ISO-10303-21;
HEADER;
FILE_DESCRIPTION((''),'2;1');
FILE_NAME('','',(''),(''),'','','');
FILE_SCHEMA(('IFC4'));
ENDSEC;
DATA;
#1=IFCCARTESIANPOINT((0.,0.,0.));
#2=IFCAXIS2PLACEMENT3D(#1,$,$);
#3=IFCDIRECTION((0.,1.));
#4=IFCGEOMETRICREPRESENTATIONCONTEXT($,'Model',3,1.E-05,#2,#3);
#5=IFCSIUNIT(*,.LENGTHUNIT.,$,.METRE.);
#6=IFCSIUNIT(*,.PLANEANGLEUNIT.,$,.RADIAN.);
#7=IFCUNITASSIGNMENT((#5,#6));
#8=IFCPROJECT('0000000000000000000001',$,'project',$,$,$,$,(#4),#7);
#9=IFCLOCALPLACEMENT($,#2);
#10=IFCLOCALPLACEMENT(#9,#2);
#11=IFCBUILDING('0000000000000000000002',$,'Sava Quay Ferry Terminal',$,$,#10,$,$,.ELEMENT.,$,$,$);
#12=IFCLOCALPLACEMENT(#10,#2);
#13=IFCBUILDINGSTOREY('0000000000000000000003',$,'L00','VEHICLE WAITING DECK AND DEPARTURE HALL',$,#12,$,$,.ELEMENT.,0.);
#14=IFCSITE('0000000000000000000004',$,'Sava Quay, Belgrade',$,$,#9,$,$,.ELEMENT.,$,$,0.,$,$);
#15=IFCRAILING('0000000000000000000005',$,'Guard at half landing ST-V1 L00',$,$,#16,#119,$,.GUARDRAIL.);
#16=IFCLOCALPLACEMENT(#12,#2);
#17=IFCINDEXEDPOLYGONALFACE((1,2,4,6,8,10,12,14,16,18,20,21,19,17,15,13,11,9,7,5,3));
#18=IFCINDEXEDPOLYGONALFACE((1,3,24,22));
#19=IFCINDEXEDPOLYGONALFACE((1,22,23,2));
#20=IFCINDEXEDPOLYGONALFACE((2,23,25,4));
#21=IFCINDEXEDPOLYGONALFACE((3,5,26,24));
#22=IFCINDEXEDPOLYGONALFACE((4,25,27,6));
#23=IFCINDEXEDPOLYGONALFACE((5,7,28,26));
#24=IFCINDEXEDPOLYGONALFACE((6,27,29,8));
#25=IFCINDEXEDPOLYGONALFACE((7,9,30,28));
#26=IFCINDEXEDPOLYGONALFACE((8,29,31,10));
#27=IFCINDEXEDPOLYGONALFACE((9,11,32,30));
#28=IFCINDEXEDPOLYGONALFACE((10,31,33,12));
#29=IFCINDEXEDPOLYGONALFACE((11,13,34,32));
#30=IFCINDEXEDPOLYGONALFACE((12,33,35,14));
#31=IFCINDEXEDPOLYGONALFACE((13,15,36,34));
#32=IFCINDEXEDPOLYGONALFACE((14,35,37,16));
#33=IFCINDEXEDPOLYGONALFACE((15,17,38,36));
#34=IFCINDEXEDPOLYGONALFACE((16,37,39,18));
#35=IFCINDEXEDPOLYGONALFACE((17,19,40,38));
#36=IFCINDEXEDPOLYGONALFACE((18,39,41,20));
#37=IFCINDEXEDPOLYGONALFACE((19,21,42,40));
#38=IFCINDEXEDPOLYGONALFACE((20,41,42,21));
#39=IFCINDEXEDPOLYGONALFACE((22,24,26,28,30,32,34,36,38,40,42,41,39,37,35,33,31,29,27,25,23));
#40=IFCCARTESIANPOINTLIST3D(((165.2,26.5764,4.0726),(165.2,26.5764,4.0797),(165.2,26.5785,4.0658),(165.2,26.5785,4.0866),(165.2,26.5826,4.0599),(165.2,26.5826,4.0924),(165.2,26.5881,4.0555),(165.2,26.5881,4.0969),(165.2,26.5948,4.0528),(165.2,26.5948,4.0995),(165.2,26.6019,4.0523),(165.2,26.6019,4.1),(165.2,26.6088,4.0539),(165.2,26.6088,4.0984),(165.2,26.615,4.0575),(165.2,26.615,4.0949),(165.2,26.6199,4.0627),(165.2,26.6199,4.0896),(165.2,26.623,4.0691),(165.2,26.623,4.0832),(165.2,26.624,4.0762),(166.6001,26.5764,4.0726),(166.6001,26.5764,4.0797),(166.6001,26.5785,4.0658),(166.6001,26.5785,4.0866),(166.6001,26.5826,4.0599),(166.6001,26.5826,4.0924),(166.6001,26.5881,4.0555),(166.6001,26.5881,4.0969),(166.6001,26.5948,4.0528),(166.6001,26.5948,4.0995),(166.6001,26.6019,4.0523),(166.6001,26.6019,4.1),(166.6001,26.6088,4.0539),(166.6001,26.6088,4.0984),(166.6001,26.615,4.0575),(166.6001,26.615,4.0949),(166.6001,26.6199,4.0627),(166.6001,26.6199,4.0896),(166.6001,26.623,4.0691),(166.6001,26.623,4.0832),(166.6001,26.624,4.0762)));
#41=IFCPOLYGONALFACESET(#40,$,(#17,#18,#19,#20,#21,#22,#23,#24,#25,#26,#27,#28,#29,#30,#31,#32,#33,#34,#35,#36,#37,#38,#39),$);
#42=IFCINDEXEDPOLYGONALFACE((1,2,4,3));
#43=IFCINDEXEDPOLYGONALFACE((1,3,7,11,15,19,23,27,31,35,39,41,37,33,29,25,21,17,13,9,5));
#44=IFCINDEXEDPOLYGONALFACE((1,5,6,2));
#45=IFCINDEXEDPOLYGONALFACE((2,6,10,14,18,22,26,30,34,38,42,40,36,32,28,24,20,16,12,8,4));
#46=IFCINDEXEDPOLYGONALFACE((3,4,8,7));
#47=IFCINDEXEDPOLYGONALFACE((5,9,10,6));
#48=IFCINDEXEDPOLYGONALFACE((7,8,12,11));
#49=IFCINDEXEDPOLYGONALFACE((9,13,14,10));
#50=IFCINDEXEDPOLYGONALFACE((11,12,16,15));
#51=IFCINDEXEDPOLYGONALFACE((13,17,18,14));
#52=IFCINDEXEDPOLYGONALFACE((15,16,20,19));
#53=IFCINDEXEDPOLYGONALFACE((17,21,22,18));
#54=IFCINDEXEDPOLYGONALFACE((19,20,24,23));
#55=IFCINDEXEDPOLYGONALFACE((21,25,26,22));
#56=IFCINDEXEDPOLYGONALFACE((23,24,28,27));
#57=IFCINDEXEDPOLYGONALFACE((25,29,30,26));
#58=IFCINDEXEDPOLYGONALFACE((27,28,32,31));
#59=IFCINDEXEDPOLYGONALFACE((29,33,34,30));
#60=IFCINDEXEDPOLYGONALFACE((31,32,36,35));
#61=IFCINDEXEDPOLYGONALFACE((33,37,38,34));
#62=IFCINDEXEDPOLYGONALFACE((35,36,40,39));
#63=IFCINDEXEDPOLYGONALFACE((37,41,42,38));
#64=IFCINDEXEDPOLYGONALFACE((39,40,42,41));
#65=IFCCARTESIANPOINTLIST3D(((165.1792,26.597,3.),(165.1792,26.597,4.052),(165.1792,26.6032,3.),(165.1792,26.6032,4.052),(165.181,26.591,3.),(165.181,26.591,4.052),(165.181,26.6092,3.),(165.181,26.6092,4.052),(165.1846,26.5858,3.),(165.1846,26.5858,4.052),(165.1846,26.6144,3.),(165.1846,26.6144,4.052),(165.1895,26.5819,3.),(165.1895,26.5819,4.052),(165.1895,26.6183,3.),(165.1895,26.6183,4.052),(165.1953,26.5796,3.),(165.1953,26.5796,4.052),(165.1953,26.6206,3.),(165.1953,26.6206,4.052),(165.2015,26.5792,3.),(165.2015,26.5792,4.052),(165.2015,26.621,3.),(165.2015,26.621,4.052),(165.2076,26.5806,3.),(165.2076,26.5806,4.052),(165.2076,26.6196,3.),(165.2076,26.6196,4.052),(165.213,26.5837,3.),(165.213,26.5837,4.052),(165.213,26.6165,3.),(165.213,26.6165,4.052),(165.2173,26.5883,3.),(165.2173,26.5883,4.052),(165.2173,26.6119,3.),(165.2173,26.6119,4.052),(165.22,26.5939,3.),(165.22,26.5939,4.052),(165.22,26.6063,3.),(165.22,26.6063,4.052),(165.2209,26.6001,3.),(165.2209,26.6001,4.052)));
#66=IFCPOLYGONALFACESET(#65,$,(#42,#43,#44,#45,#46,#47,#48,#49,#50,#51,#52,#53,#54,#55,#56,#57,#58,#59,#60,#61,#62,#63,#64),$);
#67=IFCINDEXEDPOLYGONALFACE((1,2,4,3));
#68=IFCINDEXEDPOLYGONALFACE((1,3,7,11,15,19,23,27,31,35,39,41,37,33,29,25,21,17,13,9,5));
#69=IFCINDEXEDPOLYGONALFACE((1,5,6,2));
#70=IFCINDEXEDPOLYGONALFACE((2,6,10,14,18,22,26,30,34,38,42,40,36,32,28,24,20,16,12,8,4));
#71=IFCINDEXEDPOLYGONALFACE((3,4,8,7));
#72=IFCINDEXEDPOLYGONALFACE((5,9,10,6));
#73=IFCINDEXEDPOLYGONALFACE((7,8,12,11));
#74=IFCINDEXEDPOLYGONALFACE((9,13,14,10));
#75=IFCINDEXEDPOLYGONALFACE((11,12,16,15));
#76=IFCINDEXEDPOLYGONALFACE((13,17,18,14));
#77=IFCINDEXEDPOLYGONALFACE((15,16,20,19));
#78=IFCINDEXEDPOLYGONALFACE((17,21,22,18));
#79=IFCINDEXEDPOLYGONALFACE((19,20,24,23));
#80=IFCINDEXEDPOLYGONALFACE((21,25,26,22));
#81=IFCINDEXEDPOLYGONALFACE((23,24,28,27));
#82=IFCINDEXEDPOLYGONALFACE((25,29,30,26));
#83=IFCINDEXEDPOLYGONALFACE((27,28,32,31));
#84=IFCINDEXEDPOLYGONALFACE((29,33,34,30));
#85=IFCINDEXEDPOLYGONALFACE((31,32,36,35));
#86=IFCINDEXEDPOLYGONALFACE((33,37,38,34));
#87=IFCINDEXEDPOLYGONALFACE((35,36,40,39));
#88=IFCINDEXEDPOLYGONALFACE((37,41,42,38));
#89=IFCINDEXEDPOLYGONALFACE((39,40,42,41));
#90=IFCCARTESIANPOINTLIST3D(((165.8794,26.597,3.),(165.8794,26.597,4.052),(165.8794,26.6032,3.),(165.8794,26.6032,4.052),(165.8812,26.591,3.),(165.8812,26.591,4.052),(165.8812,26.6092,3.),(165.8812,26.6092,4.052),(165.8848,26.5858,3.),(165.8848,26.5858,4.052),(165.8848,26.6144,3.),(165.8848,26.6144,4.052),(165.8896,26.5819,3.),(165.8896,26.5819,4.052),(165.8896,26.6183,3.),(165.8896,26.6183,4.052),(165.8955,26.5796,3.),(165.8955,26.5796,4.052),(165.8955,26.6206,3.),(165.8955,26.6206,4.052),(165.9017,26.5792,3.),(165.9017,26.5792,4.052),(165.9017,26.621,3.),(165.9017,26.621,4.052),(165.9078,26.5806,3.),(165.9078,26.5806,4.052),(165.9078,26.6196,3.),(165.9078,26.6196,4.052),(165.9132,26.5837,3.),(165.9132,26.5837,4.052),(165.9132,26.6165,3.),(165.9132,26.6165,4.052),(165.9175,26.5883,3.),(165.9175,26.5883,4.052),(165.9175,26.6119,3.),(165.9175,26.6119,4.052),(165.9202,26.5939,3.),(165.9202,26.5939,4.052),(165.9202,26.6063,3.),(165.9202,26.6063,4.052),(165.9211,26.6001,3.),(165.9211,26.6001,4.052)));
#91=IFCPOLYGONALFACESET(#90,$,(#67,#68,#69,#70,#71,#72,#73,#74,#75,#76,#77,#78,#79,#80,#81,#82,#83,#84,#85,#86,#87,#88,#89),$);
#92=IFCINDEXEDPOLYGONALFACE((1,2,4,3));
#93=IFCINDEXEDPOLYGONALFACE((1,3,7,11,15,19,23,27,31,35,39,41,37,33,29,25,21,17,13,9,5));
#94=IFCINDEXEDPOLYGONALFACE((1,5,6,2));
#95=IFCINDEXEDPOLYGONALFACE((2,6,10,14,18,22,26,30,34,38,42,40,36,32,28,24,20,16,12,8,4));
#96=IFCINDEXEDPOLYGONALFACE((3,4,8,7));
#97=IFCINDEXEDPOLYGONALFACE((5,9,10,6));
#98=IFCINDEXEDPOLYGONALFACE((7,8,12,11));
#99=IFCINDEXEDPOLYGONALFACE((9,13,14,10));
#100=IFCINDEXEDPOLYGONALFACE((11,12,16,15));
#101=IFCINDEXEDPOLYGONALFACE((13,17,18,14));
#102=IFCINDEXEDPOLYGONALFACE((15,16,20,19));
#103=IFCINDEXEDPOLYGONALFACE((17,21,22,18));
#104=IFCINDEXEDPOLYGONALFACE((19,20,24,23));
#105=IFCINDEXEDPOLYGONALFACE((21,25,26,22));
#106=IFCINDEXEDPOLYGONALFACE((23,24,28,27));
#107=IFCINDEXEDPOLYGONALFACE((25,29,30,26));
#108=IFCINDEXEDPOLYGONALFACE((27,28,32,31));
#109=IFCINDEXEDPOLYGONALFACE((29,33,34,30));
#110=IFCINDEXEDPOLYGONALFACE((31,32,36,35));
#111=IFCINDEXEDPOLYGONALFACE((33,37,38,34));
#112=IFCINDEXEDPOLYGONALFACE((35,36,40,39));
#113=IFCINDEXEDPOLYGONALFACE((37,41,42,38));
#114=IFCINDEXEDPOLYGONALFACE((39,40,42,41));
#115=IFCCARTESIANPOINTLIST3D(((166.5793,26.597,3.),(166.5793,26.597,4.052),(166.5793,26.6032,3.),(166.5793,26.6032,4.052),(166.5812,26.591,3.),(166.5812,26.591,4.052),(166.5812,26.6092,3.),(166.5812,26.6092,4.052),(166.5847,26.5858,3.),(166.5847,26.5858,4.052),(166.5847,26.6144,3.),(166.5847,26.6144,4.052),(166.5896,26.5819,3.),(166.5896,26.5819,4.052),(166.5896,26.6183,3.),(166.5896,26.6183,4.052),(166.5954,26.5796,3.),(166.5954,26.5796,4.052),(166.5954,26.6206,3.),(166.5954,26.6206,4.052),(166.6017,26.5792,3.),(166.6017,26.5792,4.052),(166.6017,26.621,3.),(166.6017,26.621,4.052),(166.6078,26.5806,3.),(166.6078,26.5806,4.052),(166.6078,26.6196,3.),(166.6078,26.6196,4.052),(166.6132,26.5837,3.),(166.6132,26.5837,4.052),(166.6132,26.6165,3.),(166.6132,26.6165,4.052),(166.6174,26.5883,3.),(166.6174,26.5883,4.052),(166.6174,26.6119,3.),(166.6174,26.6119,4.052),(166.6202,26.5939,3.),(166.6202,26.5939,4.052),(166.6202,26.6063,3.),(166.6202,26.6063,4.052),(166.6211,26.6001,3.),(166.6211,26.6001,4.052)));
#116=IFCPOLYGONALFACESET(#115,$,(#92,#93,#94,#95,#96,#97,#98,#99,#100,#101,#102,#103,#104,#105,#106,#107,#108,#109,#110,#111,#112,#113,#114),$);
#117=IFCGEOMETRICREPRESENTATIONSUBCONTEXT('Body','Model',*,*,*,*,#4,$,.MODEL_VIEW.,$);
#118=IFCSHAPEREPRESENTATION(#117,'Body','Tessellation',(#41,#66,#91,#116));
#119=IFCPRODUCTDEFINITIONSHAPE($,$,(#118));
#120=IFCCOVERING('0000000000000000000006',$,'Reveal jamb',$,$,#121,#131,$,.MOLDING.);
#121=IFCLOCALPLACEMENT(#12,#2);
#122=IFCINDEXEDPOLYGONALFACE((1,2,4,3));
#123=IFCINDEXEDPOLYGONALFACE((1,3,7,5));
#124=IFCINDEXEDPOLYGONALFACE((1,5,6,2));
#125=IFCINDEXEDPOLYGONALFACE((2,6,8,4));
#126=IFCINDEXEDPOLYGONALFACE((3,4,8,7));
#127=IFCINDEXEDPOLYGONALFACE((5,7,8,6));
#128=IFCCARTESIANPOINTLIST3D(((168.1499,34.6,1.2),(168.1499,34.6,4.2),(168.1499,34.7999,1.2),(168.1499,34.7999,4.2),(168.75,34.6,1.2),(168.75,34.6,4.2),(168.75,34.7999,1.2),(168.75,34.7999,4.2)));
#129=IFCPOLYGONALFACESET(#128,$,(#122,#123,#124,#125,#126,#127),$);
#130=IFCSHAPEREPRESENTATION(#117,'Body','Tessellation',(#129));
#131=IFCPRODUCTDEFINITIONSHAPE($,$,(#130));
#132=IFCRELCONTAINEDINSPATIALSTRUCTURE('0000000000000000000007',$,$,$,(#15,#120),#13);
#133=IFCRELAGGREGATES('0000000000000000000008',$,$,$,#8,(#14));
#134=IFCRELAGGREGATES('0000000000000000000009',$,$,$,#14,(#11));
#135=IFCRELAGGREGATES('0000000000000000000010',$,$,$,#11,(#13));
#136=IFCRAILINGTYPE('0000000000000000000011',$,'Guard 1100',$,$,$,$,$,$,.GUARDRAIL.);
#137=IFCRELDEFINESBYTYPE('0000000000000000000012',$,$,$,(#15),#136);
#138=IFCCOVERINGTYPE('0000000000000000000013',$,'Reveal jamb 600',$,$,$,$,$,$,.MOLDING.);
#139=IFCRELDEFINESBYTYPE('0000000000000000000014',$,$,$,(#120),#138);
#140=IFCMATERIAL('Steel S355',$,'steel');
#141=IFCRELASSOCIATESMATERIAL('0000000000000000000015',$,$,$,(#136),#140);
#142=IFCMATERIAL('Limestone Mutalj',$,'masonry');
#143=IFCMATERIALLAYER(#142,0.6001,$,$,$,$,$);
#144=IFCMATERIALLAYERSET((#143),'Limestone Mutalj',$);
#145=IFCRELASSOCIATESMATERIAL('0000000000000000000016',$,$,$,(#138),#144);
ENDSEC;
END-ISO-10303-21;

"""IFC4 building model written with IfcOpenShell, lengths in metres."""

from ifc_helpers import new_model, si_unit, direction, frame, origin, origin_2d, place, context, subcontext, project, spatial, rectangle, circle, extrude, material, layer, layer_set, type_object, element, save


model = new_model("IFC4")

# Units and contexts
model_context = context("Model", 3, precision=1e-05, world=origin(), true_north=direction((0.0, 1.0)))
body_context = subcontext(model_context, "Body", "Model", "MODEL_VIEW")
ifc_project = project(units=[si_unit("LENGTHUNIT", "METRE"), si_unit("PLANEANGLEUNIT", "RADIAN")], contexts=[model_context])

# Site, building, storey
site_placement = place(None, origin())
site = spatial("IfcSite", under=ifc_project, at=site_placement, Name="Sava Quay, Belgrade", CompositionType="ELEMENT", RefElevation=0.0)
building_placement = place(site_placement, origin())
building = spatial("IfcBuilding", under=site, at=building_placement, Name="Sava Quay Ferry Terminal", CompositionType="ELEMENT")
storey_placement = place(building_placement, origin())
storey = spatial("IfcBuildingStorey", under=building, at=storey_placement, Name="L00", Description="VEHICLE WAITING DECK AND DEPARTURE HALL", CompositionType="ELEMENT", Elevation=0.0)

# Railing
ifc_material_1 = material(Name="Steel S355", Category="steel")
railing_type_1 = type_object("IfcRailingType", Name="Guard 1100", PredefinedType="GUARDRAIL", material=ifc_material_1)
railing_1_placement = place(storey_placement, frame((165.2, 26.6001, 3.0)))
element("IfcRailing", 1, at=railing_1_placement, inside=storey, type_object=railing_type_1, Name="Guard at half landing ST-V1 L00", PredefinedType="GUARDRAIL", context=body_context, shape_type="SweptSolid", body=[
    extrude(circle(Radius=0.0239, at=origin_2d()), frame((0.0, 0.0, 1.0762), z_axis=(1.0, 0.0, 0.0), x_axis=(0.0, 1.0, 0.0)), (0.0, 0.0, 1.0), 1.4001),
    extrude(circle(Radius=0.021, at=origin_2d()), origin(), (0.0, 0.0, 1.0), 1.052),
    extrude(circle(Radius=0.021, at=origin_2d()), frame((0.7002, 0.0, 0.0)), (0.0, 0.0, 1.0), 1.052),
    extrude(circle(Radius=0.021, at=origin_2d()), frame((1.4001, 0.0, 0.0)), (0.0, 0.0, 1.0), 1.052),
])

# Covering
ifc_material_2 = material(Name="Limestone Mutalj", Category="masonry")
ifc_layer_1 = layer(ifc_material_2, 0.6001)
ifc_layer_set_1 = layer_set([ifc_layer_1], Name="Limestone Mutalj")
covering_type_1 = type_object("IfcCoveringType", Name="Reveal jamb 600", PredefinedType="MOLDING", material=ifc_layer_set_1)
covering_1_placement = place(storey_placement, frame((168.45, 34.7, 1.2), z_axis=(0.0, 0.0, 1.0), x_axis=(1.0, 0.0, 0.0)))
element("IfcCovering", 2, at=covering_1_placement, inside=storey, type_object=covering_type_1, Name="Reveal jamb", PredefinedType="MOLDING", context=body_context, shape_type="SweptSolid", body=[
    extrude(rectangle(XDim=0.6001, YDim=0.2, at=origin_2d()), origin(), (0.0, 0.0, 1.0), 3.0),
])

save(model, "model.ifc")
